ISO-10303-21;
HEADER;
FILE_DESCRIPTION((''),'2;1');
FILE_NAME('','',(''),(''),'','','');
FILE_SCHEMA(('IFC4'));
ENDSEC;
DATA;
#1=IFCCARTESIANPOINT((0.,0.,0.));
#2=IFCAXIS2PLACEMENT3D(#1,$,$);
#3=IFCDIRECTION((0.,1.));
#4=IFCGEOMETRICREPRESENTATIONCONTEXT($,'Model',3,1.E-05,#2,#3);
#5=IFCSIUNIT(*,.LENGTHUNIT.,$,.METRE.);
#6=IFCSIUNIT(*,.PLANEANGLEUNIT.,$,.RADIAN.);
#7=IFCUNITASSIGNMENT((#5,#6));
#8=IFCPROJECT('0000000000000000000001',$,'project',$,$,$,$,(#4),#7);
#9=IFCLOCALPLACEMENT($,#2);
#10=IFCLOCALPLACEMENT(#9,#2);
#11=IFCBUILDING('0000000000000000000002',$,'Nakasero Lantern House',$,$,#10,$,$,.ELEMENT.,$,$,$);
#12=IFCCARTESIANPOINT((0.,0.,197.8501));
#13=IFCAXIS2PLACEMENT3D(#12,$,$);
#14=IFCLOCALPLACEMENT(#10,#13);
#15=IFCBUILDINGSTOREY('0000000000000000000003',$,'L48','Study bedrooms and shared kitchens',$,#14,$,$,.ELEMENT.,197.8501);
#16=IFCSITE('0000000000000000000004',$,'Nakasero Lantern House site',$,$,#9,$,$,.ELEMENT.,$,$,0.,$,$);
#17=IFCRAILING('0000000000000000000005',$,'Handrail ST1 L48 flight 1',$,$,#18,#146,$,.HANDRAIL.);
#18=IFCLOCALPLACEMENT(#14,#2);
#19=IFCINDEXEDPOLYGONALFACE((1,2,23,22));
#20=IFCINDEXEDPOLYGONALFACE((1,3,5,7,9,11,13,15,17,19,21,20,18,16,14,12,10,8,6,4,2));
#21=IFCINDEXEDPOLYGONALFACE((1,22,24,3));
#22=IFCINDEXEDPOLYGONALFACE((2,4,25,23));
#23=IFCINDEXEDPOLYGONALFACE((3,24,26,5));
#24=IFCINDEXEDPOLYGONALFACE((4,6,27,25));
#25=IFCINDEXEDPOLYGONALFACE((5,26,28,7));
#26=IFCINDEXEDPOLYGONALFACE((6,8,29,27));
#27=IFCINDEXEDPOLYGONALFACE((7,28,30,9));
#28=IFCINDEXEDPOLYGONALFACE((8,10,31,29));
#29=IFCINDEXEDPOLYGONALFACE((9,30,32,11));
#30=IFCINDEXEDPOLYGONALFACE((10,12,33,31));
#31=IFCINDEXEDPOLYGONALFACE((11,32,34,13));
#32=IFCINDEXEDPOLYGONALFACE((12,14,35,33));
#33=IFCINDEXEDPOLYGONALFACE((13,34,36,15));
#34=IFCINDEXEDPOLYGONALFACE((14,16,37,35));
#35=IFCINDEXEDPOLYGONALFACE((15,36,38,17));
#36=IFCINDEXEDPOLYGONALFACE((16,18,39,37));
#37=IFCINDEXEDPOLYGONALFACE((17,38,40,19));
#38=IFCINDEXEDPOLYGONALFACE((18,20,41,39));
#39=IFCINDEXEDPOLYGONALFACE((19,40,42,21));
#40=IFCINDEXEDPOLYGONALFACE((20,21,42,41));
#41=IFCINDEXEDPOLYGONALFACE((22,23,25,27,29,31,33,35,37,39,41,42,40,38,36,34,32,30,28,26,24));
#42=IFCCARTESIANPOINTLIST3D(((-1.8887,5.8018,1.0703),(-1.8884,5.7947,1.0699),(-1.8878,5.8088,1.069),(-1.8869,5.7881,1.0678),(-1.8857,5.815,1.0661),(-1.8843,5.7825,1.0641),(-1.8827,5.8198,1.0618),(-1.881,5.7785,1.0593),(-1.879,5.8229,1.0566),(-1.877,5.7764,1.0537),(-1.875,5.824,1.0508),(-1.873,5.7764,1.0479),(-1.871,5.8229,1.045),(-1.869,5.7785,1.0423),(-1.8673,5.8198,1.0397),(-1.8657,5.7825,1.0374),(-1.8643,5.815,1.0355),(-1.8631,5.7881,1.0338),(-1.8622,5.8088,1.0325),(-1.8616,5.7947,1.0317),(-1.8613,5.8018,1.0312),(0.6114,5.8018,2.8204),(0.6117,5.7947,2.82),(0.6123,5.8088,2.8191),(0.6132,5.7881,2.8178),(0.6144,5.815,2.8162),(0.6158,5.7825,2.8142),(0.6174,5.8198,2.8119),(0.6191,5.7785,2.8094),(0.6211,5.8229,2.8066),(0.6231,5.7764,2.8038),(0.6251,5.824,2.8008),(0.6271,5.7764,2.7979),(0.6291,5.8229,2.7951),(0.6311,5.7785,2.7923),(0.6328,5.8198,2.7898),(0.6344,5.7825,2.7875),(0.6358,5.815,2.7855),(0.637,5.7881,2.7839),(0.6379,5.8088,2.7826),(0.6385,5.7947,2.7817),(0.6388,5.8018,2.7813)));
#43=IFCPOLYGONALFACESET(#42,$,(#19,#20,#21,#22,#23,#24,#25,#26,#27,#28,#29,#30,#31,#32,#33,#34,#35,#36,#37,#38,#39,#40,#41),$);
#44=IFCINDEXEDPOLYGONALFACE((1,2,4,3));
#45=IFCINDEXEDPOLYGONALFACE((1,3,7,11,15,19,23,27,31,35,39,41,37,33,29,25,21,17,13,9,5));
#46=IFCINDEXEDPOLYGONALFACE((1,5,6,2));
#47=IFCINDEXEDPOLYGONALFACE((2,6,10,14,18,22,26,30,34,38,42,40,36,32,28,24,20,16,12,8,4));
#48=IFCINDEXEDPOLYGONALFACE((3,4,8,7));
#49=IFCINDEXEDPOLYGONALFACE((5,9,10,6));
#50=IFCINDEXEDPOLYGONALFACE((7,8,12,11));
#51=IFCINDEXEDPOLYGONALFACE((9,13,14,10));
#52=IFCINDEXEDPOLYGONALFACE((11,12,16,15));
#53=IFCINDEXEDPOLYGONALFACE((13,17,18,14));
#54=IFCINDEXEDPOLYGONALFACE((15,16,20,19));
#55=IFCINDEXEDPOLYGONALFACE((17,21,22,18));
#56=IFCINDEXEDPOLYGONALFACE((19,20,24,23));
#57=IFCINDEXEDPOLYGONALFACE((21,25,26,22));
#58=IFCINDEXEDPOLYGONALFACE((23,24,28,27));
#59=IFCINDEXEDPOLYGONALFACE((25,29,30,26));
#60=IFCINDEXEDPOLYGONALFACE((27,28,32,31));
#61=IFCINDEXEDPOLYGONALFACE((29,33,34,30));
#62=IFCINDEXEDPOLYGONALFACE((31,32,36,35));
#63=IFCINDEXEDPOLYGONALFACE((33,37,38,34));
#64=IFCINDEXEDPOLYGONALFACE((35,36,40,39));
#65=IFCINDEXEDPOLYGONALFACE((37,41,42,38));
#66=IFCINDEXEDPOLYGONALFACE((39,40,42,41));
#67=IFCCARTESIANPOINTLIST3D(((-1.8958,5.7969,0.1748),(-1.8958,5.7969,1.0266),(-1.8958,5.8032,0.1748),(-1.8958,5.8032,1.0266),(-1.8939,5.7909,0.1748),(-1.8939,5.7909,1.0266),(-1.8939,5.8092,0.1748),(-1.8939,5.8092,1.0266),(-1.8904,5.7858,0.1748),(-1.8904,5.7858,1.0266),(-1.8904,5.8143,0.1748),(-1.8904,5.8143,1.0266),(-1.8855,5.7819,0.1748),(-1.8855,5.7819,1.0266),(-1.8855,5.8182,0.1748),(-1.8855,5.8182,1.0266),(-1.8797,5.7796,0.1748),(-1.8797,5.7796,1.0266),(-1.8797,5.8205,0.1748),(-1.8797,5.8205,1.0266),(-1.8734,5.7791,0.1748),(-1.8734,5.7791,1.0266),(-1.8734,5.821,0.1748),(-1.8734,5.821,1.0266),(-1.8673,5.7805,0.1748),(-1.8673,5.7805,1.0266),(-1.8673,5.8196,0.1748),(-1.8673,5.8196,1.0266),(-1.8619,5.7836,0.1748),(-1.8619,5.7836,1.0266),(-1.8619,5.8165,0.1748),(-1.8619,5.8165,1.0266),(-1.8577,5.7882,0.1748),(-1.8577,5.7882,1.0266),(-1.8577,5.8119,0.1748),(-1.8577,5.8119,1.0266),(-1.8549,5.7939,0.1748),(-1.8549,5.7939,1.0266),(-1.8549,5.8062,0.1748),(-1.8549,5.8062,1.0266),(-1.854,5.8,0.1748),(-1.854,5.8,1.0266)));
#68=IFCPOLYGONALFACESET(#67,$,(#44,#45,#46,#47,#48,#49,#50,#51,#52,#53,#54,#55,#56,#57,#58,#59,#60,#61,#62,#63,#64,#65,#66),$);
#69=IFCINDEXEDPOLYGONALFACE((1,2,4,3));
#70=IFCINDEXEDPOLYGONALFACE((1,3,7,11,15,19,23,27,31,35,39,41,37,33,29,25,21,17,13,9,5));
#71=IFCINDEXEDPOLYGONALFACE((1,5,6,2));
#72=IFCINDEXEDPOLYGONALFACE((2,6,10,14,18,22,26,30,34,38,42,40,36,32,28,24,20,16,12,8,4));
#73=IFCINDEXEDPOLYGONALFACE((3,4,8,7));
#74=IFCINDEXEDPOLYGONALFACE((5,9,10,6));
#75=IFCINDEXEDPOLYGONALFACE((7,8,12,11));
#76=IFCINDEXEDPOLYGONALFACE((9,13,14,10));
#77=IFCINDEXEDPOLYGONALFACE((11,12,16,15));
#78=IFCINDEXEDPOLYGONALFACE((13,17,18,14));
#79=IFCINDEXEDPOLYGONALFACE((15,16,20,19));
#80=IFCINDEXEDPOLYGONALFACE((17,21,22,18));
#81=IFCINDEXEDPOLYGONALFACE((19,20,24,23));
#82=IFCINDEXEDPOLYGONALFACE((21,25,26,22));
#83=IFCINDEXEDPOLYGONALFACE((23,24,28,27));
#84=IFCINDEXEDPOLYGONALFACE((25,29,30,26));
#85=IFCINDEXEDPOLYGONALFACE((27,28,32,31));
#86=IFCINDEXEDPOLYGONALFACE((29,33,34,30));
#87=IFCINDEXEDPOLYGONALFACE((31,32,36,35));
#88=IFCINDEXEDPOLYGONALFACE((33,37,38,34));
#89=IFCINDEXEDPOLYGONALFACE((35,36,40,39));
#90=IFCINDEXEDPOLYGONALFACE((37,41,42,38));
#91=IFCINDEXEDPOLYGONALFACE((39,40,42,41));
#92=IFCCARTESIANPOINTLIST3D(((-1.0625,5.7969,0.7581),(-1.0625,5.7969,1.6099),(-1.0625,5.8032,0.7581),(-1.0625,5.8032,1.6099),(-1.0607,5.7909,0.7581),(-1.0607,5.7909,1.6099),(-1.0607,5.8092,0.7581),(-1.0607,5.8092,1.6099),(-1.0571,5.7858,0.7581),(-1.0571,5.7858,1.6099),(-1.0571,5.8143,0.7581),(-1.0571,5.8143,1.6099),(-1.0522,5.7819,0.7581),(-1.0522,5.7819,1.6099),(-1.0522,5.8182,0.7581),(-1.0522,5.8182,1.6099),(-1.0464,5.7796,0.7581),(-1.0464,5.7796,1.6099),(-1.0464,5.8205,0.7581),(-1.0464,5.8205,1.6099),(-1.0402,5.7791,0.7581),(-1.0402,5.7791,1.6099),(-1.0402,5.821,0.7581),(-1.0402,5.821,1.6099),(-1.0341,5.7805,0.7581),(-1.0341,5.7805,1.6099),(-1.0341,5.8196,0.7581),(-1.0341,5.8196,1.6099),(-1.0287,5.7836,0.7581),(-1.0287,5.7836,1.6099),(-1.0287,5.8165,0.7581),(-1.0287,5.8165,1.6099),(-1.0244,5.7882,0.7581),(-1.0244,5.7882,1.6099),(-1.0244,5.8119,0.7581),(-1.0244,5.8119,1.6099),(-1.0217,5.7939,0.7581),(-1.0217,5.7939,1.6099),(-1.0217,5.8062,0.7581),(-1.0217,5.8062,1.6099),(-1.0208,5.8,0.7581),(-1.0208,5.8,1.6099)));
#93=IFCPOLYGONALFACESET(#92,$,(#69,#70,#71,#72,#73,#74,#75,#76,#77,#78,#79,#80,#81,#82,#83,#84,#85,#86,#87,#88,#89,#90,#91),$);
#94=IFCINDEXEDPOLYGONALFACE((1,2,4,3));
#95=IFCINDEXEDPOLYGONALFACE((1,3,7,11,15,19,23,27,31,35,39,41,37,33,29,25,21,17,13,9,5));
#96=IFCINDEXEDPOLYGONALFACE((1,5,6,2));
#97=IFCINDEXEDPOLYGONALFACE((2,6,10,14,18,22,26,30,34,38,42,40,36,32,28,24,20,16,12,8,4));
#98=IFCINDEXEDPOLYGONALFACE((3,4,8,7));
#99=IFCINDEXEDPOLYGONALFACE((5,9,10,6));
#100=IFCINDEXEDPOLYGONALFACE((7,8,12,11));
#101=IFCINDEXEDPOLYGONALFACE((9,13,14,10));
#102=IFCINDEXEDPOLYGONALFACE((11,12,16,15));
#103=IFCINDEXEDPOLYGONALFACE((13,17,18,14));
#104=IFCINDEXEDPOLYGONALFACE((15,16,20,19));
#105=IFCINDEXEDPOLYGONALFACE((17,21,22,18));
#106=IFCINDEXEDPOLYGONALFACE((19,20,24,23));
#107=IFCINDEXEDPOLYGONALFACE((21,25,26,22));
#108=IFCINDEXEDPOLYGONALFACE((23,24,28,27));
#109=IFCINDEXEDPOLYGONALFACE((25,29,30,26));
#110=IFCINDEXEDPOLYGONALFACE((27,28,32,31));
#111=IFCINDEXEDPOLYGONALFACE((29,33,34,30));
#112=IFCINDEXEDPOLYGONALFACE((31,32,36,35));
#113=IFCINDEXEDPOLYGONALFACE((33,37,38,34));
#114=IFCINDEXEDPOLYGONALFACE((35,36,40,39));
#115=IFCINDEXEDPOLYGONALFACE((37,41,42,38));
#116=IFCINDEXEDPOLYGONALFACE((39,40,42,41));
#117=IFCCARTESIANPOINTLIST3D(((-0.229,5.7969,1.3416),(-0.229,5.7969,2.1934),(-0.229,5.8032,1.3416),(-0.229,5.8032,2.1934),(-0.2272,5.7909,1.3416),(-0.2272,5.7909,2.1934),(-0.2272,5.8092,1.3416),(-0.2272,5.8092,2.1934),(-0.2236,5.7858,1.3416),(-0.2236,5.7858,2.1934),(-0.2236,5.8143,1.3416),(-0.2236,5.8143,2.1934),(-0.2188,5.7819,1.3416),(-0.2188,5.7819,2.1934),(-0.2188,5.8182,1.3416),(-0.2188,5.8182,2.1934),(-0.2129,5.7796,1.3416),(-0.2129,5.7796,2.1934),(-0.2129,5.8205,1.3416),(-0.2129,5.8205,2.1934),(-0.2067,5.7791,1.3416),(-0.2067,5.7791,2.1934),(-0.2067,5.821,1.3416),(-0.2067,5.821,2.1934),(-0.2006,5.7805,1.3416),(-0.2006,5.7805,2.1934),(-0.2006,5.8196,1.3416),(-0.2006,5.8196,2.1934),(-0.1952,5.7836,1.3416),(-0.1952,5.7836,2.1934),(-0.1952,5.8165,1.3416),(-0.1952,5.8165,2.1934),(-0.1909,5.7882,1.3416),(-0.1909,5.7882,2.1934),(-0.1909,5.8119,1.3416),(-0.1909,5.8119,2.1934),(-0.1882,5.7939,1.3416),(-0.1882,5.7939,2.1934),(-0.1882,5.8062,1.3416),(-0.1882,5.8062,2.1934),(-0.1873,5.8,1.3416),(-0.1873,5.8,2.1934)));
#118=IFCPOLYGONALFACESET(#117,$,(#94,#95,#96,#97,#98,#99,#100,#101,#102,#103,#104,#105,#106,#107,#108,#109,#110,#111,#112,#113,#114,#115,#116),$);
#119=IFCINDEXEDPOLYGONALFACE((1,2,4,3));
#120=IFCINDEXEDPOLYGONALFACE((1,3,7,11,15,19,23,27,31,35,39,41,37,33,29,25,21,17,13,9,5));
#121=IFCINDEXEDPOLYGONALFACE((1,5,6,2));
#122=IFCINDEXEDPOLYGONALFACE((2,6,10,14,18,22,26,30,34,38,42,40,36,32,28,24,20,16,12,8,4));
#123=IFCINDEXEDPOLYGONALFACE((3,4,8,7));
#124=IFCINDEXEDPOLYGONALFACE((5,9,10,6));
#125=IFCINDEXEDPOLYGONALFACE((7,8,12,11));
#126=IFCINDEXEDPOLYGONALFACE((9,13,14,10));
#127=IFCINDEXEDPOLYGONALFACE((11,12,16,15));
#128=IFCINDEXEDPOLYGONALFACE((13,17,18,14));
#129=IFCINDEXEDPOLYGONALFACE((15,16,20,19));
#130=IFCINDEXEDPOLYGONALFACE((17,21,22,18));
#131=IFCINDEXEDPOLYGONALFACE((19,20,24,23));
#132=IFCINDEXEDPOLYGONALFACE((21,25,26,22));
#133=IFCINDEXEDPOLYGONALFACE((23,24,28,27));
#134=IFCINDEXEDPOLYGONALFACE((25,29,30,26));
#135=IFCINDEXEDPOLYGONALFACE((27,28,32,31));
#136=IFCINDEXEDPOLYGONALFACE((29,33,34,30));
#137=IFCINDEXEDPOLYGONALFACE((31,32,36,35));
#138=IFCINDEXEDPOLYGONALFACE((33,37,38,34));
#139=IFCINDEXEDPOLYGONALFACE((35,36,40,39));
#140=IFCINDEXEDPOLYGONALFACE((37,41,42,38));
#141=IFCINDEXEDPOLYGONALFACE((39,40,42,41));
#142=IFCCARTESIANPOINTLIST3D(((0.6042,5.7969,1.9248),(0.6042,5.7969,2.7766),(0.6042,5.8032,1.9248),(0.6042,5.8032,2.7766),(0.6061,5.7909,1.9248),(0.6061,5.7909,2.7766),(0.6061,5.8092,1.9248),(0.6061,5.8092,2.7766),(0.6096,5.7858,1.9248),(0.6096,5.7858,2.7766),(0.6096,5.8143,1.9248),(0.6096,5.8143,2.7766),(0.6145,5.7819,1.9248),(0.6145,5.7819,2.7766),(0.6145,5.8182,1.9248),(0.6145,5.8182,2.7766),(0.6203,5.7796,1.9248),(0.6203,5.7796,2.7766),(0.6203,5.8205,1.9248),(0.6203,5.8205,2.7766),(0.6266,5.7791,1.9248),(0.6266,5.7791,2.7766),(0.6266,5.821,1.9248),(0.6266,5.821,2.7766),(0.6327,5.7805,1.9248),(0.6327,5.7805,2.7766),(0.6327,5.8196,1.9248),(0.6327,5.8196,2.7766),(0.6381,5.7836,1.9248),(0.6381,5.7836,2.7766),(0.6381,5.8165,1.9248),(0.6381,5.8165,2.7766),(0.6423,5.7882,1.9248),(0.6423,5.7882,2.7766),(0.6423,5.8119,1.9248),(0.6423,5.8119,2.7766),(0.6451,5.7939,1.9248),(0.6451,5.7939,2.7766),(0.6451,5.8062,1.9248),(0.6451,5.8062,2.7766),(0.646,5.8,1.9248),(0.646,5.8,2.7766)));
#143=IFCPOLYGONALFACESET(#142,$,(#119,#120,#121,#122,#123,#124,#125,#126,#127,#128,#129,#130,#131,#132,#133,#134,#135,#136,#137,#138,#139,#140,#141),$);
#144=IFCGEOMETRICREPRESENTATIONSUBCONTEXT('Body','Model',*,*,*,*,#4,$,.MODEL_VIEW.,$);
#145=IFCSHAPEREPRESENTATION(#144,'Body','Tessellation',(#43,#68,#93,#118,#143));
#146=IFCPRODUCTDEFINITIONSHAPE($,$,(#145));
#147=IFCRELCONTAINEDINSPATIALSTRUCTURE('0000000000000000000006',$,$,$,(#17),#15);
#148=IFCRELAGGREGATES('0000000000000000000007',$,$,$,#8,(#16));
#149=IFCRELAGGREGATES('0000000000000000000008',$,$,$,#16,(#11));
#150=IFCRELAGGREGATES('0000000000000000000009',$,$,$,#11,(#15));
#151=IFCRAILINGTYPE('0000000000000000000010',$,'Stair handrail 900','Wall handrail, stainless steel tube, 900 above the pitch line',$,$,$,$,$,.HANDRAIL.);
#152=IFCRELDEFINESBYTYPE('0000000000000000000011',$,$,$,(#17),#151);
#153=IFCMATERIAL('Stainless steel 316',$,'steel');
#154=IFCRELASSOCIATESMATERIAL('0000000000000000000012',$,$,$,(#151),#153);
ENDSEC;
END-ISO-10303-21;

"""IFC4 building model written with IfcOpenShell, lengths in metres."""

from ifc_helpers import new_model, si_unit, direction, frame, origin, origin_2d, place, context, subcontext, project, spatial, circle, extrude, material, type_object, element, save


model = new_model("IFC4")

# Units and contexts
model_context = context("Model", 3, precision=1e-05, world=origin(), true_north=direction((0.0, 1.0)))
body_context = subcontext(model_context, "Body", "Model", "MODEL_VIEW")
ifc_project = project(units=[si_unit("LENGTHUNIT", "METRE"), si_unit("PLANEANGLEUNIT", "RADIAN")], contexts=[model_context])

# Site, building, storey
site_placement = place(None, origin())
site = spatial("IfcSite", under=ifc_project, at=site_placement, Name="Nakasero Lantern House site", CompositionType="ELEMENT", RefElevation=0.0)
building_placement = place(site_placement, origin())
building = spatial("IfcBuilding", under=site, at=building_placement, Name="Nakasero Lantern House", CompositionType="ELEMENT")
storey_placement = place(building_placement, frame((0.0, 0.0, 197.8501)))
storey = spatial("IfcBuildingStorey", under=building, at=storey_placement, Name="L48", Description="Study bedrooms and shared kitchens", CompositionType="ELEMENT", Elevation=197.8501)

# Railing
ifc_material_1 = material(Name="Stainless steel 316", Category="steel")
railing_type = type_object("IfcRailingType", Name="Stair handrail 900", Description="Wall handrail, stainless steel tube, 900 above the pitch line", PredefinedType="HANDRAIL", material=ifc_material_1)
railing_placement = place(storey_placement, frame((-1.875, 5.8, 0.1748)))
element("IfcRailing", 1, at=railing_placement, inside=storey, type_object=railing_type, Name="Handrail ST1 L48 flight 1", PredefinedType="HANDRAIL", context=body_context, shape_type="SweptSolid", body=[
    extrude(circle(Radius=0.0239, at=origin_2d()), frame((0.0, 0.0, 0.876), z_axis=(0.819232, 0.0, 0.573462), x_axis=(0.0, 1.0, 0.0)), (0.0, 0.0, 1.0), 3.0518),
    extrude(circle(Radius=0.021, at=origin_2d()), origin(), (0.0, 0.0, 1.0), 0.8518),
    extrude(circle(Radius=0.021, at=origin_2d()), frame((0.8333, 0.0, 0.5833)), (0.0, 0.0, 1.0), 0.8518),
    extrude(circle(Radius=0.021, at=origin_2d()), frame((1.6667, 0.0, 1.1667)), (0.0, 0.0, 1.0), 0.8518),
    extrude(circle(Radius=0.021, at=origin_2d()), frame((2.5, 0.0, 1.75)), (0.0, 0.0, 1.0), 0.8518),
])

save(model, "model.ifc")
